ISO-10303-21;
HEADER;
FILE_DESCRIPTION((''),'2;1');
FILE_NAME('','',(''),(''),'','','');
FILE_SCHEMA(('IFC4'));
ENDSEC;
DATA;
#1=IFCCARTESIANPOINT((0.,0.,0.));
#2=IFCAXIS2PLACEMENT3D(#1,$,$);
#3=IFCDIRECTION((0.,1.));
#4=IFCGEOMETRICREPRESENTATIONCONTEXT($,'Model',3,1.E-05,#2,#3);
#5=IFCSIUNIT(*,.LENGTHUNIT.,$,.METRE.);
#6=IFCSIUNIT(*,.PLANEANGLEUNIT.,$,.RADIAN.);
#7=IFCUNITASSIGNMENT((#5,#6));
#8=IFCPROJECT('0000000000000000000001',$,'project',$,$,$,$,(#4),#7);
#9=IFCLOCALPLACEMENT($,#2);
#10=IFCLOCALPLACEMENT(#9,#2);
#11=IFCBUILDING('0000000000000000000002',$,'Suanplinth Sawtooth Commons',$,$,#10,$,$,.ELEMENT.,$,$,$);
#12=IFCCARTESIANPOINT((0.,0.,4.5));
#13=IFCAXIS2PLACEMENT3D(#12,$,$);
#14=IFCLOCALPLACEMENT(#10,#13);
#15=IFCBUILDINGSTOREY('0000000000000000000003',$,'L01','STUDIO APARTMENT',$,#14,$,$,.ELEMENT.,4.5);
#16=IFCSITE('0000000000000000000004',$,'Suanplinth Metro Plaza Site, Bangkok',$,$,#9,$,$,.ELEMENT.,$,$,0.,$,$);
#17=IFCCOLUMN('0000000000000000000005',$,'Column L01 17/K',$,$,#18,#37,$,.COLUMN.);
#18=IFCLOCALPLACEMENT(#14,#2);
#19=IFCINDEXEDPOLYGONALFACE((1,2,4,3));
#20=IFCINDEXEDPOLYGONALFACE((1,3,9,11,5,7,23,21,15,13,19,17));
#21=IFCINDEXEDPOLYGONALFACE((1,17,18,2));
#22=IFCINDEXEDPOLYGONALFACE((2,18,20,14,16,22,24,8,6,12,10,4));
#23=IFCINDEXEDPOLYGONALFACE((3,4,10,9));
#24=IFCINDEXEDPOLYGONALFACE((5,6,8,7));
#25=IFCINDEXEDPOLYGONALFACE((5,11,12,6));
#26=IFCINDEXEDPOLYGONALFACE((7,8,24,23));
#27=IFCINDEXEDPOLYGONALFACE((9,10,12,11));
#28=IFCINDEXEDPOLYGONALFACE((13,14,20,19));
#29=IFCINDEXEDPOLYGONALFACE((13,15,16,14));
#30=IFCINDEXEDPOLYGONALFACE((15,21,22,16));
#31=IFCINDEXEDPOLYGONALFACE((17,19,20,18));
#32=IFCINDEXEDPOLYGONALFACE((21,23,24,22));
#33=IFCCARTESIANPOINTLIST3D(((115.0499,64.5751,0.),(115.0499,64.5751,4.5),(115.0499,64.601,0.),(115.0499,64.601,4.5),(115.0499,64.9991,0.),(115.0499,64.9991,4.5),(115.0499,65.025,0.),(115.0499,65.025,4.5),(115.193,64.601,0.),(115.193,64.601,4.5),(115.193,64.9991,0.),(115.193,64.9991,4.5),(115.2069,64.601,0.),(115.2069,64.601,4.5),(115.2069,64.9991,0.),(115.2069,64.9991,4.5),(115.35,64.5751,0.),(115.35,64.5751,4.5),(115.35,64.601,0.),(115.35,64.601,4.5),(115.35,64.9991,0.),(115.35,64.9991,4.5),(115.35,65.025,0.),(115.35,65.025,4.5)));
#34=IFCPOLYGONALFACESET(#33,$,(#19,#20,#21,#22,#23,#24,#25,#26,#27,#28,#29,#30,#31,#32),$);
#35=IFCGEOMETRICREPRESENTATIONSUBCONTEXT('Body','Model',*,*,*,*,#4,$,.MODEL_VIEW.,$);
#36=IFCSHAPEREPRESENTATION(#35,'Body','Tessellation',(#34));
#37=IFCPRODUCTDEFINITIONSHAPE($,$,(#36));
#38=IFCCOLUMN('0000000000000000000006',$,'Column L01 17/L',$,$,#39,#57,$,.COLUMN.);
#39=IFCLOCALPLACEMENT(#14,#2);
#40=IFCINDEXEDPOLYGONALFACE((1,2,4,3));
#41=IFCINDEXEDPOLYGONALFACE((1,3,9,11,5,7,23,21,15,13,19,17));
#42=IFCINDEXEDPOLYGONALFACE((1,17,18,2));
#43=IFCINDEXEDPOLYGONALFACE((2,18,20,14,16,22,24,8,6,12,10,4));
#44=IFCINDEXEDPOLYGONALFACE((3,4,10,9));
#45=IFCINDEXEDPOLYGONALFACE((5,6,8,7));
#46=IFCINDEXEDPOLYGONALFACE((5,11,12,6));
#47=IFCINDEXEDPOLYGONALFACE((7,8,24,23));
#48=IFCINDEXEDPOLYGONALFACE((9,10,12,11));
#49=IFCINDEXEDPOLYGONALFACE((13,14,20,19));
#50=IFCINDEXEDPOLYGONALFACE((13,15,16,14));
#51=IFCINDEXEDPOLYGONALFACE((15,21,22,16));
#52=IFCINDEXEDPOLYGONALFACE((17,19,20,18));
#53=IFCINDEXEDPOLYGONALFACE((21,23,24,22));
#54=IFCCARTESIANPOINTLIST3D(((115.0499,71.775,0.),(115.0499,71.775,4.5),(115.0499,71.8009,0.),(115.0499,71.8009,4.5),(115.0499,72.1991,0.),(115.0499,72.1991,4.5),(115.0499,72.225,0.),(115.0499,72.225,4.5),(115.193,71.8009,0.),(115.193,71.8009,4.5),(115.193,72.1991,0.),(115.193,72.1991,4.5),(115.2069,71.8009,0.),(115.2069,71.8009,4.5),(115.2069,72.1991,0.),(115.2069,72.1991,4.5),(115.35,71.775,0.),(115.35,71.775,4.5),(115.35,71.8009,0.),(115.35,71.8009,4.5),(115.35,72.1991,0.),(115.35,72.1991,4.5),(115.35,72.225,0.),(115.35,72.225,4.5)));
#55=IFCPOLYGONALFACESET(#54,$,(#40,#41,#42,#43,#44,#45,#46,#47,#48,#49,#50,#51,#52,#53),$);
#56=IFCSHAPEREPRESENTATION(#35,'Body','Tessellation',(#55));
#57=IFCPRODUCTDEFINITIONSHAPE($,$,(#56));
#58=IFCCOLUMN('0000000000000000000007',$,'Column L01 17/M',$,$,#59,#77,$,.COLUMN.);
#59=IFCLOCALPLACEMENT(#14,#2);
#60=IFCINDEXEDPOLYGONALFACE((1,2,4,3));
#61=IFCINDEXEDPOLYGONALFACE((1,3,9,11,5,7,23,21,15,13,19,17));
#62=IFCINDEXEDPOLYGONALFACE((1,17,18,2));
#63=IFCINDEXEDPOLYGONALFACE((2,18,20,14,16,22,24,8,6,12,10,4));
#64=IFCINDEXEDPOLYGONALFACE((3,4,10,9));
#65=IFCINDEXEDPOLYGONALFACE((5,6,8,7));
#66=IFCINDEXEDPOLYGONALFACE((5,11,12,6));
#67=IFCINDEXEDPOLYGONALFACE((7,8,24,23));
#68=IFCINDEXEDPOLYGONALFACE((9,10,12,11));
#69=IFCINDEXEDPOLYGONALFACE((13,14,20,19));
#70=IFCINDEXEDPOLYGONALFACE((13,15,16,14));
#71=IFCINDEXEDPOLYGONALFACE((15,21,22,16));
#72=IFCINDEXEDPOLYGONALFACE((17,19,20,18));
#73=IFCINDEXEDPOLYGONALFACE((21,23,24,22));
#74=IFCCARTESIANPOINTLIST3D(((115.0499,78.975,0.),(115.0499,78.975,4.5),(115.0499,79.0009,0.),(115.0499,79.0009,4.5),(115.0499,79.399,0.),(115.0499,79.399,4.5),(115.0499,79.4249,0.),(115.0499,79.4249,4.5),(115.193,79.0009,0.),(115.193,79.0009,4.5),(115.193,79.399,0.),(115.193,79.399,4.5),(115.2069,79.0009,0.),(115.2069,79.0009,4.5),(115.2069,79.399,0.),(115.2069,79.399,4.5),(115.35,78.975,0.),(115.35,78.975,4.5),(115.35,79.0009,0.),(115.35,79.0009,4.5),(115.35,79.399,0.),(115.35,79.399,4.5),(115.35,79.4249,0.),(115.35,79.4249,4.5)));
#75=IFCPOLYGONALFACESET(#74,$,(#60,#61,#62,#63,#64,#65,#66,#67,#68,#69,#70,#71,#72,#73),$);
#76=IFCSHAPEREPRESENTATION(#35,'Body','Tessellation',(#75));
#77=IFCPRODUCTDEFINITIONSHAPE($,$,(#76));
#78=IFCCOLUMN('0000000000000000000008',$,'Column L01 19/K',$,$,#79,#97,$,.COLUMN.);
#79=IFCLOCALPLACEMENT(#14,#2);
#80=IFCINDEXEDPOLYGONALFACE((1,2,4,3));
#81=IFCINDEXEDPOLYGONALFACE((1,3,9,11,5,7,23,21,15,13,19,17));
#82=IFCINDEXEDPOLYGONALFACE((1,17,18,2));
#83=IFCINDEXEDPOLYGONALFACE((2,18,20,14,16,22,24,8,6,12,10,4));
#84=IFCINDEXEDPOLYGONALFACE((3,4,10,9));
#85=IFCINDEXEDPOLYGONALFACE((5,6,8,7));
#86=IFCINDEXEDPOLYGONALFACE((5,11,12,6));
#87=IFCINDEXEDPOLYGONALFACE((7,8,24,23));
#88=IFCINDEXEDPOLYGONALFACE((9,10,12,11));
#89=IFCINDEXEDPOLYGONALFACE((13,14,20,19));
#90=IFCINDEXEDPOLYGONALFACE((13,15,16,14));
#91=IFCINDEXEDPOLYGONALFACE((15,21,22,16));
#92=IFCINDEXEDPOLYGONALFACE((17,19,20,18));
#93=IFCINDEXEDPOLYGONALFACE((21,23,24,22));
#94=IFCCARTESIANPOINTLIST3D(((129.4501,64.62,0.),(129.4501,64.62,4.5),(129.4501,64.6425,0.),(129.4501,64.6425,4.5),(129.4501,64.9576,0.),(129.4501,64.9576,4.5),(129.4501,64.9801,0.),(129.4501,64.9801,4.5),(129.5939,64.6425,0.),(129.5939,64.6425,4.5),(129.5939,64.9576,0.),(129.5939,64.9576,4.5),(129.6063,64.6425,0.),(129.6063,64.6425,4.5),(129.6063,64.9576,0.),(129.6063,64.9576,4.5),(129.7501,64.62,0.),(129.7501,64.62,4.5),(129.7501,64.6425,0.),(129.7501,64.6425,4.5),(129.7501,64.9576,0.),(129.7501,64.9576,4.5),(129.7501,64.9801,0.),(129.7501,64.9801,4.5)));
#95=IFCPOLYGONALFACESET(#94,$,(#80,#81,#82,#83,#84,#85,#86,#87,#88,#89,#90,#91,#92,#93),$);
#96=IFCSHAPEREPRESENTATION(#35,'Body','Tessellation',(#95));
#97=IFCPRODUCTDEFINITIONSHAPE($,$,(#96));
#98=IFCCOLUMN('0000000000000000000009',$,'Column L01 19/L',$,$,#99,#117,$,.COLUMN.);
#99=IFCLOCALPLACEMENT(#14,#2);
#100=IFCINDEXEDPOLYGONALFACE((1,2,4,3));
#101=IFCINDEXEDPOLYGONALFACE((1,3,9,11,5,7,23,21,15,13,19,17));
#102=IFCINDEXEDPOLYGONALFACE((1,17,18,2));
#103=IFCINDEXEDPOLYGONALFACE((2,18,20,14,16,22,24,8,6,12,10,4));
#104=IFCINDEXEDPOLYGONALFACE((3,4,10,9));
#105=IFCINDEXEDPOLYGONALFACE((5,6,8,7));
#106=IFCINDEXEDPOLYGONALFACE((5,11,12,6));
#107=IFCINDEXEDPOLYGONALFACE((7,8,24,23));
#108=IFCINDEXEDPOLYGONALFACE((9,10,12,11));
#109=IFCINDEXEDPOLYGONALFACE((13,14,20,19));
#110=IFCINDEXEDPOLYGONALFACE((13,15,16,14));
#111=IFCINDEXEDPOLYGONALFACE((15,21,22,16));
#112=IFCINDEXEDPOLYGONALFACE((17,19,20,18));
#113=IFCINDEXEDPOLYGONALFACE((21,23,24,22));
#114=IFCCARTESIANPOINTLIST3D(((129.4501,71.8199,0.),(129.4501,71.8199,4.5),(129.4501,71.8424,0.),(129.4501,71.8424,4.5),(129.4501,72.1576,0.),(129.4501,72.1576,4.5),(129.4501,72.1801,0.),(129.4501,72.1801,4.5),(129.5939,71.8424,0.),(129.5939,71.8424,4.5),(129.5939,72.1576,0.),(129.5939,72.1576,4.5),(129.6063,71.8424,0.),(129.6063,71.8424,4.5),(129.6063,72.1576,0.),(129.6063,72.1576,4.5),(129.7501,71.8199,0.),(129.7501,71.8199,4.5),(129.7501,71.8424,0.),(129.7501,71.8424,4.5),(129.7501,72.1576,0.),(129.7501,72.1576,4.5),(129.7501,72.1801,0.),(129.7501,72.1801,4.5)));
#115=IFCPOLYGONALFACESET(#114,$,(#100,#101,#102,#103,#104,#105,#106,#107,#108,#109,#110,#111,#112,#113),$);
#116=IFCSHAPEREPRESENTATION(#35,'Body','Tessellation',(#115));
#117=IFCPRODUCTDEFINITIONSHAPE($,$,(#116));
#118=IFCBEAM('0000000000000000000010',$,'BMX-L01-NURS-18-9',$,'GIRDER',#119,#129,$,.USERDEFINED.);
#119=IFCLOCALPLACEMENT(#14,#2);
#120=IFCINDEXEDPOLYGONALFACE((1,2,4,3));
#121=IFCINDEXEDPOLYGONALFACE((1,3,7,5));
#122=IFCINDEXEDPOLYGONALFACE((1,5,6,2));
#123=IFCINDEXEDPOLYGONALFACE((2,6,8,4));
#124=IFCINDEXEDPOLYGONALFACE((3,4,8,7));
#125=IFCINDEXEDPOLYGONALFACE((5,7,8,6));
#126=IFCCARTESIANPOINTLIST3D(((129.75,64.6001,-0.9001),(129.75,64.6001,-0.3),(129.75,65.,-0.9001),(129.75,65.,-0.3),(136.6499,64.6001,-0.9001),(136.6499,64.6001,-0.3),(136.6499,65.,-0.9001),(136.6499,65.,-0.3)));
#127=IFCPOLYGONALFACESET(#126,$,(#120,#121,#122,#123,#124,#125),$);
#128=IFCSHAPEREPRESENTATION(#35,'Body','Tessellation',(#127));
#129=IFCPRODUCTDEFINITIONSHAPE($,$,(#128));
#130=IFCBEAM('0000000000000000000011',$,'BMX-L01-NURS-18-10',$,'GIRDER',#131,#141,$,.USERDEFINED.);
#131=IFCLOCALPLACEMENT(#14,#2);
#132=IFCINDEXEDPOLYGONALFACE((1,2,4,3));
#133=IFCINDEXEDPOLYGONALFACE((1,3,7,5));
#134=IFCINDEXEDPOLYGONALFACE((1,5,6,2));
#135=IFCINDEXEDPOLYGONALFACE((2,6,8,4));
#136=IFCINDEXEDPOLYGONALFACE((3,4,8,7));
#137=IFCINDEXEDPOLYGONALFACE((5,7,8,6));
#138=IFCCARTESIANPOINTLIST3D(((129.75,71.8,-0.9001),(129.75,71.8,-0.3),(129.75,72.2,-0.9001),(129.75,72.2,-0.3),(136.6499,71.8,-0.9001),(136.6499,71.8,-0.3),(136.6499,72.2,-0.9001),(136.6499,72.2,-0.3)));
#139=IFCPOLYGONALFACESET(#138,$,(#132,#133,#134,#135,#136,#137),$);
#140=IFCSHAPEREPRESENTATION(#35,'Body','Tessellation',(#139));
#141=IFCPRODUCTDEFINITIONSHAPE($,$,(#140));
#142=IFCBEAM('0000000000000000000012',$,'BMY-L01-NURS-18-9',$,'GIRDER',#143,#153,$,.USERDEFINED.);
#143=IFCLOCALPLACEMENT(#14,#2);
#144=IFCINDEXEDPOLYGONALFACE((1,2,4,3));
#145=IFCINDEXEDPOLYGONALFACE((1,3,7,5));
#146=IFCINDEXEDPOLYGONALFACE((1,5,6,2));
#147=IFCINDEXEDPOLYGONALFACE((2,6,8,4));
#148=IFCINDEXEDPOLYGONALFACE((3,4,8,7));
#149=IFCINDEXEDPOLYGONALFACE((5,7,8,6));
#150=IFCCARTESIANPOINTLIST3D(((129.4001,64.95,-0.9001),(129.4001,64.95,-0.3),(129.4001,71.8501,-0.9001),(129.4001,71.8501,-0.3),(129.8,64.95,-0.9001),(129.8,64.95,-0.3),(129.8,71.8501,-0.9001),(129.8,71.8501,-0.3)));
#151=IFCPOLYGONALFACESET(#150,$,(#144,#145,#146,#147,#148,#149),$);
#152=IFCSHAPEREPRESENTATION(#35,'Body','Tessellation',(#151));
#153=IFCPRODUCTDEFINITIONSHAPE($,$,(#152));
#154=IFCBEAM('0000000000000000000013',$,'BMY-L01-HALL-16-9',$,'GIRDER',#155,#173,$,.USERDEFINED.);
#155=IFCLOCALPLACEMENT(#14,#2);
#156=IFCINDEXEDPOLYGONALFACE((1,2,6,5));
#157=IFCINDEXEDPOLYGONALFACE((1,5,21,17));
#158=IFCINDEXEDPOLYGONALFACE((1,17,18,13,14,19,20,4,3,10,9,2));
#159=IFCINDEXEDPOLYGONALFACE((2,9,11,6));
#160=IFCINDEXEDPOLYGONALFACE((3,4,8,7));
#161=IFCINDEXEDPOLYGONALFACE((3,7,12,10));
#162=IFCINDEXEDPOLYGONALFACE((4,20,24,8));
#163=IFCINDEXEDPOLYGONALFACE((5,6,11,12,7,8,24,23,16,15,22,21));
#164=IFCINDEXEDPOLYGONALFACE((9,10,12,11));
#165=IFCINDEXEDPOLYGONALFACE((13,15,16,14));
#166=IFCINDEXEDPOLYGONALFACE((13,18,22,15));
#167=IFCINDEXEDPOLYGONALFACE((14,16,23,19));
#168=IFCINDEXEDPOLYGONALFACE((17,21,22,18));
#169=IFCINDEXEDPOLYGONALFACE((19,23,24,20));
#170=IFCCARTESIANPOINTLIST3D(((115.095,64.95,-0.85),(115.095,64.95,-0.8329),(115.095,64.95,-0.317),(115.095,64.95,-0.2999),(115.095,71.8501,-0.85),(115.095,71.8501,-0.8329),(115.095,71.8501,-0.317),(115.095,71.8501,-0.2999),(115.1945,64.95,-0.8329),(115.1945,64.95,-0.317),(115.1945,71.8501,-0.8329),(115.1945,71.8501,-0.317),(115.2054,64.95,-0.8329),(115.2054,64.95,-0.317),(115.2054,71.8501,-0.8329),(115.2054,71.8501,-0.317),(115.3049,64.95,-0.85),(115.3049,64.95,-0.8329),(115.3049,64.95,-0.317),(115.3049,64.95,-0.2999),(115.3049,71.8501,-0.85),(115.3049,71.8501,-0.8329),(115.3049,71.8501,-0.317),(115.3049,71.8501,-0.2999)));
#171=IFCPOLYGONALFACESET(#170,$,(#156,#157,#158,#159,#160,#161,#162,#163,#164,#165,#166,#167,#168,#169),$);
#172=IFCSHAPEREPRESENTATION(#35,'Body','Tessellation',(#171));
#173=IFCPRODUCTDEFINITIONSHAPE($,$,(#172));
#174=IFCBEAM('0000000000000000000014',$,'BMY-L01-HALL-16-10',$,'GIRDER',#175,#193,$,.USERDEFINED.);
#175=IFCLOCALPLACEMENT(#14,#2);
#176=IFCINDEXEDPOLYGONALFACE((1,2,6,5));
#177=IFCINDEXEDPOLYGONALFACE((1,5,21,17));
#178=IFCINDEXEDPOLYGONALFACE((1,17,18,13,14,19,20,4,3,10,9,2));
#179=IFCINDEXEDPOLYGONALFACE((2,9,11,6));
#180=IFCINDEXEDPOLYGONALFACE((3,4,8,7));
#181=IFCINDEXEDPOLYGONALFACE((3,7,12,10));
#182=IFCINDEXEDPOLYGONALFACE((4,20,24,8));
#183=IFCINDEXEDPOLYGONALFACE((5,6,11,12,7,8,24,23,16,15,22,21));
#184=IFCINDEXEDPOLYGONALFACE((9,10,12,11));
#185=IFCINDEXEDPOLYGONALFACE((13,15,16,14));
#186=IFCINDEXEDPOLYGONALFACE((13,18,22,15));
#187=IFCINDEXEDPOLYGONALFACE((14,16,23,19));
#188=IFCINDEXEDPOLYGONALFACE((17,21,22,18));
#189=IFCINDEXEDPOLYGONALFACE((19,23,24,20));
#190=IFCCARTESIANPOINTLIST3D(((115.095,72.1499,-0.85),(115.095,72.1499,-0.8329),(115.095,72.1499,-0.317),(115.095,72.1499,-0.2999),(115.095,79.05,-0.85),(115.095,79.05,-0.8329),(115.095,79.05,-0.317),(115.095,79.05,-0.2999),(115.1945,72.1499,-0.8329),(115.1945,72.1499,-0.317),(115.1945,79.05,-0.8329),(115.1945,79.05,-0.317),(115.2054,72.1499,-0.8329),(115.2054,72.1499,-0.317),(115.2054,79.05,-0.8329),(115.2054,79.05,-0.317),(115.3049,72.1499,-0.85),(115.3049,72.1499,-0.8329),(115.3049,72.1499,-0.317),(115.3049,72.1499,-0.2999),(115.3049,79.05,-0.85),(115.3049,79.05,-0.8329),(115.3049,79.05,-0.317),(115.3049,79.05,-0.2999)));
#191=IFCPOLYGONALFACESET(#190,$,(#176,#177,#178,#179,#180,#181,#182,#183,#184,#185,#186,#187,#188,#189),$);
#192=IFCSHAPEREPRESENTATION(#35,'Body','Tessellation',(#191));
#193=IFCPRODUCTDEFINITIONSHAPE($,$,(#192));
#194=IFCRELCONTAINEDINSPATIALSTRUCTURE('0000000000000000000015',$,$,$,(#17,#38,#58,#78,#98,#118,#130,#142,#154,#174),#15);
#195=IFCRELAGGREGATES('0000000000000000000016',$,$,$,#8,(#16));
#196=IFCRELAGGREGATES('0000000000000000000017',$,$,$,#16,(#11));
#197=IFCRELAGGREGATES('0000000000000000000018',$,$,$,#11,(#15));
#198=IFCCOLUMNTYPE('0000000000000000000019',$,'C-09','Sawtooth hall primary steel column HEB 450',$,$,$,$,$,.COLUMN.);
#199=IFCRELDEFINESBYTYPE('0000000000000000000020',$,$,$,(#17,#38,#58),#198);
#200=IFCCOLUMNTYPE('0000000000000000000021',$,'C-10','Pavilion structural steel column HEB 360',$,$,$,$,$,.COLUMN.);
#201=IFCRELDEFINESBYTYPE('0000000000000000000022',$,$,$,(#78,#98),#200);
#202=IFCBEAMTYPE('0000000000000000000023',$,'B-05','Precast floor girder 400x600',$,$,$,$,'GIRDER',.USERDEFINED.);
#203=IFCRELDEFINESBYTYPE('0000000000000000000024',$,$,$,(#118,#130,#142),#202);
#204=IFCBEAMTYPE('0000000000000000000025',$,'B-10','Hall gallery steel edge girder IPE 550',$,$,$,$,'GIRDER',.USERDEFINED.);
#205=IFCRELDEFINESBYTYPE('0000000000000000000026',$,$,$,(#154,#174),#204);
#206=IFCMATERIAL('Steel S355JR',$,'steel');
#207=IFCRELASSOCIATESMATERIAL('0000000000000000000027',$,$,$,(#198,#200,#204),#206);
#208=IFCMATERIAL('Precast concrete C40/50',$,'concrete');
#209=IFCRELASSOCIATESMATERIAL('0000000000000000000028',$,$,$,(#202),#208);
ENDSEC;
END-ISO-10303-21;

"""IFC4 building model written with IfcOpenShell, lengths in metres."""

from ifc_helpers import new_model, si_unit, direction, frame, origin, origin_2d, place, context, subcontext, project, spatial, rectangle, i_section, extrude, material, material_profile, profile_set, type_object, element, save


model = new_model("IFC4")

# Units and contexts
model_context = context("Model", 3, precision=1e-05, world=origin(), true_north=direction((0.0, 1.0)))
body_context = subcontext(model_context, "Body", "Model", "MODEL_VIEW")
ifc_project = project(units=[si_unit("LENGTHUNIT", "METRE"), si_unit("PLANEANGLEUNIT", "RADIAN")], contexts=[model_context])

# Site, building, storey
site_placement = place(None, origin())
site = spatial("IfcSite", under=ifc_project, at=site_placement, Name="Suanplinth Metro Plaza Site, Bangkok", CompositionType="ELEMENT", RefElevation=0.0)
building_placement = place(site_placement, origin())
building = spatial("IfcBuilding", under=site, at=building_placement, Name="Suanplinth Sawtooth Commons", CompositionType="ELEMENT")
storey_placement = place(building_placement, frame((0.0, 0.0, 4.5)))
storey = spatial("IfcBuildingStorey", under=building, at=storey_placement, Name="L01", Description="STUDIO APARTMENT", CompositionType="ELEMENT", Elevation=4.5)

# Columns
ifc_material_1 = material(Name="Steel S355JR", Category="steel")
ifc_material_profile_1 = material_profile(ifc_material_1, i_section(OverallWidth=0.3, OverallDepth=0.45, WebThickness=0.0139, FlangeThickness=0.0259, at=origin_2d()), Name="HEB 450")
ifc_profile_set_1 = profile_set([ifc_material_profile_1], Name="Steel S355JR")
column_type_1 = type_object("IfcColumnType", Name="C-09", Description="Sawtooth hall primary steel column HEB 450", PredefinedType="COLUMN", material=ifc_profile_set_1)
for number, where, z_axis, x_axis, name in (
    (1, (115.2, 64.8, 0.0), (0.0, 0.0, 1.0), (1.0, 0.0, 0.0), "Column L01 17/K"),
    (2, (115.2, 72.0, 0.0), (0.0, 0.0, 1.0), (1.0, 0.0, 0.0), "Column L01 17/L"),
    (3, (115.2, 79.2, 0.0), (0.0, 0.0, 1.0), (1.0, 0.0, 0.0), "Column L01 17/M"),
):
    element("IfcColumn", number, at=place(storey_placement, frame(where, z_axis=z_axis, x_axis=x_axis)), inside=storey, type_object=column_type_1, Name=name, PredefinedType="COLUMN", context=body_context, shape_type="SweptSolid", body=[
        extrude(i_section(OverallWidth=0.3, OverallDepth=0.45, WebThickness=0.0139, FlangeThickness=0.0259, at=origin_2d()), origin(), (0.0, 0.0, 1.0), 4.5),
    ])
ifc_material_profile_2 = material_profile(ifc_material_1, i_section(OverallWidth=0.3, OverallDepth=0.3601, WebThickness=0.0125, FlangeThickness=0.0225, at=origin_2d()), Name="HEB 360")
ifc_profile_set_2 = profile_set([ifc_material_profile_2], Name="Steel S355JR")
column_type_2 = type_object("IfcColumnType", Name="C-10", Description="Pavilion structural steel column HEB 360", PredefinedType="COLUMN", material=ifc_profile_set_2)
for number, where, z_axis, x_axis, name in (
    (4, (129.6001, 64.8, 0.0), (0.0, 0.0, 1.0), (1.0, 0.0, 0.0), "Column L01 19/K"),
    (5, (129.6001, 72.0, 0.0), (0.0, 0.0, 1.0), (1.0, 0.0, 0.0), "Column L01 19/L"),
):
    element("IfcColumn", number, at=place(storey_placement, frame(where, z_axis=z_axis, x_axis=x_axis)), inside=storey, type_object=column_type_2, Name=name, PredefinedType="COLUMN", context=body_context, shape_type="SweptSolid", body=[
        extrude(i_section(OverallWidth=0.3, OverallDepth=0.3601, WebThickness=0.0125, FlangeThickness=0.0225, at=origin_2d()), origin(), (0.0, 0.0, 1.0), 4.5),
    ])

# Beams
ifc_material_2 = material(Name="Precast concrete C40/50", Category="concrete")
ifc_material_profile_3 = material_profile(ifc_material_2, rectangle(XDim=0.3999, YDim=0.6001, at=origin_2d()), Name="PC-GDR 400x600")
ifc_profile_set_3 = profile_set([ifc_material_profile_3], Name="Precast concrete C40/50")
beam_type_1 = type_object("IfcBeamType", Name="B-05", Description="Precast floor girder 400x600", ElementType="GIRDER", PredefinedType="USERDEFINED", material=ifc_profile_set_3)
for number, where, z_axis, x_axis, name in (
    (6, (129.75, 64.8, -0.6001), (1.0, 0.0, 0.0), (0.0, 1.0, 0.0), "BMX-L01-NURS-18-9"),
    (7, (129.75, 72.0, -0.6001), (1.0, 0.0, 0.0), (0.0, 1.0, 0.0), "BMX-L01-NURS-18-10"),
):
    element("IfcBeam", number, at=place(storey_placement, frame(where, z_axis=z_axis, x_axis=x_axis)), inside=storey, type_object=beam_type_1, Name=name, ObjectType="GIRDER", PredefinedType="USERDEFINED", context=body_context, shape_type="SweptSolid", body=[
        extrude(rectangle(XDim=0.3999, YDim=0.6001, at=origin_2d()), origin(), (0.0, 0.0, 1.0), 6.8999),
    ])
beam_1_placement = place(storey_placement, frame((129.6001, 64.95, -0.6001), z_axis=(0.0, 1.0, 0.0), x_axis=(-1.0, 0.0, 0.0)))
element("IfcBeam", 8, at=beam_1_placement, inside=storey, type_object=beam_type_1, Name="BMY-L01-NURS-18-9", ObjectType="GIRDER", PredefinedType="USERDEFINED", context=body_context, shape_type="SweptSolid", body=[
    extrude(rectangle(XDim=0.3999, YDim=0.6001, at=origin_2d()), origin(), (0.0, 0.0, 1.0), 6.9001),
])
ifc_material_profile_4 = material_profile(ifc_material_1, i_section(OverallWidth=0.21, OverallDepth=0.55, WebThickness=0.011, FlangeThickness=0.0171, at=origin_2d()), Name="IPE 550")
ifc_profile_set_4 = profile_set([ifc_material_profile_4], Name="Steel S355JR")
beam_type_2 = type_object("IfcBeamType", Name="B-10", Description="Hall gallery steel edge girder IPE 550", ElementType="GIRDER", PredefinedType="USERDEFINED", material=ifc_profile_set_4)
for number, where, z_axis, x_axis, name in (
    (9, (115.2, 64.95, -0.575), (0.0, 1.0, 0.0), (-1.0, 0.0, 0.0), "BMY-L01-HALL-16-9"),
    (10, (115.2, 72.1499, -0.575), (0.0, 1.0, 0.0), (-1.0, 0.0, 0.0), "BMY-L01-HALL-16-10"),
):
    element("IfcBeam", number, at=place(storey_placement, frame(where, z_axis=z_axis, x_axis=x_axis)), inside=storey, type_object=beam_type_2, Name=name, ObjectType="GIRDER", PredefinedType="USERDEFINED", context=body_context, shape_type="SweptSolid", body=[
        extrude(i_section(OverallWidth=0.21, OverallDepth=0.55, WebThickness=0.011, FlangeThickness=0.0171, at=origin_2d()), origin(), (0.0, 0.0, 1.0), 6.9001),
    ])

save(model, "model.ifc")
